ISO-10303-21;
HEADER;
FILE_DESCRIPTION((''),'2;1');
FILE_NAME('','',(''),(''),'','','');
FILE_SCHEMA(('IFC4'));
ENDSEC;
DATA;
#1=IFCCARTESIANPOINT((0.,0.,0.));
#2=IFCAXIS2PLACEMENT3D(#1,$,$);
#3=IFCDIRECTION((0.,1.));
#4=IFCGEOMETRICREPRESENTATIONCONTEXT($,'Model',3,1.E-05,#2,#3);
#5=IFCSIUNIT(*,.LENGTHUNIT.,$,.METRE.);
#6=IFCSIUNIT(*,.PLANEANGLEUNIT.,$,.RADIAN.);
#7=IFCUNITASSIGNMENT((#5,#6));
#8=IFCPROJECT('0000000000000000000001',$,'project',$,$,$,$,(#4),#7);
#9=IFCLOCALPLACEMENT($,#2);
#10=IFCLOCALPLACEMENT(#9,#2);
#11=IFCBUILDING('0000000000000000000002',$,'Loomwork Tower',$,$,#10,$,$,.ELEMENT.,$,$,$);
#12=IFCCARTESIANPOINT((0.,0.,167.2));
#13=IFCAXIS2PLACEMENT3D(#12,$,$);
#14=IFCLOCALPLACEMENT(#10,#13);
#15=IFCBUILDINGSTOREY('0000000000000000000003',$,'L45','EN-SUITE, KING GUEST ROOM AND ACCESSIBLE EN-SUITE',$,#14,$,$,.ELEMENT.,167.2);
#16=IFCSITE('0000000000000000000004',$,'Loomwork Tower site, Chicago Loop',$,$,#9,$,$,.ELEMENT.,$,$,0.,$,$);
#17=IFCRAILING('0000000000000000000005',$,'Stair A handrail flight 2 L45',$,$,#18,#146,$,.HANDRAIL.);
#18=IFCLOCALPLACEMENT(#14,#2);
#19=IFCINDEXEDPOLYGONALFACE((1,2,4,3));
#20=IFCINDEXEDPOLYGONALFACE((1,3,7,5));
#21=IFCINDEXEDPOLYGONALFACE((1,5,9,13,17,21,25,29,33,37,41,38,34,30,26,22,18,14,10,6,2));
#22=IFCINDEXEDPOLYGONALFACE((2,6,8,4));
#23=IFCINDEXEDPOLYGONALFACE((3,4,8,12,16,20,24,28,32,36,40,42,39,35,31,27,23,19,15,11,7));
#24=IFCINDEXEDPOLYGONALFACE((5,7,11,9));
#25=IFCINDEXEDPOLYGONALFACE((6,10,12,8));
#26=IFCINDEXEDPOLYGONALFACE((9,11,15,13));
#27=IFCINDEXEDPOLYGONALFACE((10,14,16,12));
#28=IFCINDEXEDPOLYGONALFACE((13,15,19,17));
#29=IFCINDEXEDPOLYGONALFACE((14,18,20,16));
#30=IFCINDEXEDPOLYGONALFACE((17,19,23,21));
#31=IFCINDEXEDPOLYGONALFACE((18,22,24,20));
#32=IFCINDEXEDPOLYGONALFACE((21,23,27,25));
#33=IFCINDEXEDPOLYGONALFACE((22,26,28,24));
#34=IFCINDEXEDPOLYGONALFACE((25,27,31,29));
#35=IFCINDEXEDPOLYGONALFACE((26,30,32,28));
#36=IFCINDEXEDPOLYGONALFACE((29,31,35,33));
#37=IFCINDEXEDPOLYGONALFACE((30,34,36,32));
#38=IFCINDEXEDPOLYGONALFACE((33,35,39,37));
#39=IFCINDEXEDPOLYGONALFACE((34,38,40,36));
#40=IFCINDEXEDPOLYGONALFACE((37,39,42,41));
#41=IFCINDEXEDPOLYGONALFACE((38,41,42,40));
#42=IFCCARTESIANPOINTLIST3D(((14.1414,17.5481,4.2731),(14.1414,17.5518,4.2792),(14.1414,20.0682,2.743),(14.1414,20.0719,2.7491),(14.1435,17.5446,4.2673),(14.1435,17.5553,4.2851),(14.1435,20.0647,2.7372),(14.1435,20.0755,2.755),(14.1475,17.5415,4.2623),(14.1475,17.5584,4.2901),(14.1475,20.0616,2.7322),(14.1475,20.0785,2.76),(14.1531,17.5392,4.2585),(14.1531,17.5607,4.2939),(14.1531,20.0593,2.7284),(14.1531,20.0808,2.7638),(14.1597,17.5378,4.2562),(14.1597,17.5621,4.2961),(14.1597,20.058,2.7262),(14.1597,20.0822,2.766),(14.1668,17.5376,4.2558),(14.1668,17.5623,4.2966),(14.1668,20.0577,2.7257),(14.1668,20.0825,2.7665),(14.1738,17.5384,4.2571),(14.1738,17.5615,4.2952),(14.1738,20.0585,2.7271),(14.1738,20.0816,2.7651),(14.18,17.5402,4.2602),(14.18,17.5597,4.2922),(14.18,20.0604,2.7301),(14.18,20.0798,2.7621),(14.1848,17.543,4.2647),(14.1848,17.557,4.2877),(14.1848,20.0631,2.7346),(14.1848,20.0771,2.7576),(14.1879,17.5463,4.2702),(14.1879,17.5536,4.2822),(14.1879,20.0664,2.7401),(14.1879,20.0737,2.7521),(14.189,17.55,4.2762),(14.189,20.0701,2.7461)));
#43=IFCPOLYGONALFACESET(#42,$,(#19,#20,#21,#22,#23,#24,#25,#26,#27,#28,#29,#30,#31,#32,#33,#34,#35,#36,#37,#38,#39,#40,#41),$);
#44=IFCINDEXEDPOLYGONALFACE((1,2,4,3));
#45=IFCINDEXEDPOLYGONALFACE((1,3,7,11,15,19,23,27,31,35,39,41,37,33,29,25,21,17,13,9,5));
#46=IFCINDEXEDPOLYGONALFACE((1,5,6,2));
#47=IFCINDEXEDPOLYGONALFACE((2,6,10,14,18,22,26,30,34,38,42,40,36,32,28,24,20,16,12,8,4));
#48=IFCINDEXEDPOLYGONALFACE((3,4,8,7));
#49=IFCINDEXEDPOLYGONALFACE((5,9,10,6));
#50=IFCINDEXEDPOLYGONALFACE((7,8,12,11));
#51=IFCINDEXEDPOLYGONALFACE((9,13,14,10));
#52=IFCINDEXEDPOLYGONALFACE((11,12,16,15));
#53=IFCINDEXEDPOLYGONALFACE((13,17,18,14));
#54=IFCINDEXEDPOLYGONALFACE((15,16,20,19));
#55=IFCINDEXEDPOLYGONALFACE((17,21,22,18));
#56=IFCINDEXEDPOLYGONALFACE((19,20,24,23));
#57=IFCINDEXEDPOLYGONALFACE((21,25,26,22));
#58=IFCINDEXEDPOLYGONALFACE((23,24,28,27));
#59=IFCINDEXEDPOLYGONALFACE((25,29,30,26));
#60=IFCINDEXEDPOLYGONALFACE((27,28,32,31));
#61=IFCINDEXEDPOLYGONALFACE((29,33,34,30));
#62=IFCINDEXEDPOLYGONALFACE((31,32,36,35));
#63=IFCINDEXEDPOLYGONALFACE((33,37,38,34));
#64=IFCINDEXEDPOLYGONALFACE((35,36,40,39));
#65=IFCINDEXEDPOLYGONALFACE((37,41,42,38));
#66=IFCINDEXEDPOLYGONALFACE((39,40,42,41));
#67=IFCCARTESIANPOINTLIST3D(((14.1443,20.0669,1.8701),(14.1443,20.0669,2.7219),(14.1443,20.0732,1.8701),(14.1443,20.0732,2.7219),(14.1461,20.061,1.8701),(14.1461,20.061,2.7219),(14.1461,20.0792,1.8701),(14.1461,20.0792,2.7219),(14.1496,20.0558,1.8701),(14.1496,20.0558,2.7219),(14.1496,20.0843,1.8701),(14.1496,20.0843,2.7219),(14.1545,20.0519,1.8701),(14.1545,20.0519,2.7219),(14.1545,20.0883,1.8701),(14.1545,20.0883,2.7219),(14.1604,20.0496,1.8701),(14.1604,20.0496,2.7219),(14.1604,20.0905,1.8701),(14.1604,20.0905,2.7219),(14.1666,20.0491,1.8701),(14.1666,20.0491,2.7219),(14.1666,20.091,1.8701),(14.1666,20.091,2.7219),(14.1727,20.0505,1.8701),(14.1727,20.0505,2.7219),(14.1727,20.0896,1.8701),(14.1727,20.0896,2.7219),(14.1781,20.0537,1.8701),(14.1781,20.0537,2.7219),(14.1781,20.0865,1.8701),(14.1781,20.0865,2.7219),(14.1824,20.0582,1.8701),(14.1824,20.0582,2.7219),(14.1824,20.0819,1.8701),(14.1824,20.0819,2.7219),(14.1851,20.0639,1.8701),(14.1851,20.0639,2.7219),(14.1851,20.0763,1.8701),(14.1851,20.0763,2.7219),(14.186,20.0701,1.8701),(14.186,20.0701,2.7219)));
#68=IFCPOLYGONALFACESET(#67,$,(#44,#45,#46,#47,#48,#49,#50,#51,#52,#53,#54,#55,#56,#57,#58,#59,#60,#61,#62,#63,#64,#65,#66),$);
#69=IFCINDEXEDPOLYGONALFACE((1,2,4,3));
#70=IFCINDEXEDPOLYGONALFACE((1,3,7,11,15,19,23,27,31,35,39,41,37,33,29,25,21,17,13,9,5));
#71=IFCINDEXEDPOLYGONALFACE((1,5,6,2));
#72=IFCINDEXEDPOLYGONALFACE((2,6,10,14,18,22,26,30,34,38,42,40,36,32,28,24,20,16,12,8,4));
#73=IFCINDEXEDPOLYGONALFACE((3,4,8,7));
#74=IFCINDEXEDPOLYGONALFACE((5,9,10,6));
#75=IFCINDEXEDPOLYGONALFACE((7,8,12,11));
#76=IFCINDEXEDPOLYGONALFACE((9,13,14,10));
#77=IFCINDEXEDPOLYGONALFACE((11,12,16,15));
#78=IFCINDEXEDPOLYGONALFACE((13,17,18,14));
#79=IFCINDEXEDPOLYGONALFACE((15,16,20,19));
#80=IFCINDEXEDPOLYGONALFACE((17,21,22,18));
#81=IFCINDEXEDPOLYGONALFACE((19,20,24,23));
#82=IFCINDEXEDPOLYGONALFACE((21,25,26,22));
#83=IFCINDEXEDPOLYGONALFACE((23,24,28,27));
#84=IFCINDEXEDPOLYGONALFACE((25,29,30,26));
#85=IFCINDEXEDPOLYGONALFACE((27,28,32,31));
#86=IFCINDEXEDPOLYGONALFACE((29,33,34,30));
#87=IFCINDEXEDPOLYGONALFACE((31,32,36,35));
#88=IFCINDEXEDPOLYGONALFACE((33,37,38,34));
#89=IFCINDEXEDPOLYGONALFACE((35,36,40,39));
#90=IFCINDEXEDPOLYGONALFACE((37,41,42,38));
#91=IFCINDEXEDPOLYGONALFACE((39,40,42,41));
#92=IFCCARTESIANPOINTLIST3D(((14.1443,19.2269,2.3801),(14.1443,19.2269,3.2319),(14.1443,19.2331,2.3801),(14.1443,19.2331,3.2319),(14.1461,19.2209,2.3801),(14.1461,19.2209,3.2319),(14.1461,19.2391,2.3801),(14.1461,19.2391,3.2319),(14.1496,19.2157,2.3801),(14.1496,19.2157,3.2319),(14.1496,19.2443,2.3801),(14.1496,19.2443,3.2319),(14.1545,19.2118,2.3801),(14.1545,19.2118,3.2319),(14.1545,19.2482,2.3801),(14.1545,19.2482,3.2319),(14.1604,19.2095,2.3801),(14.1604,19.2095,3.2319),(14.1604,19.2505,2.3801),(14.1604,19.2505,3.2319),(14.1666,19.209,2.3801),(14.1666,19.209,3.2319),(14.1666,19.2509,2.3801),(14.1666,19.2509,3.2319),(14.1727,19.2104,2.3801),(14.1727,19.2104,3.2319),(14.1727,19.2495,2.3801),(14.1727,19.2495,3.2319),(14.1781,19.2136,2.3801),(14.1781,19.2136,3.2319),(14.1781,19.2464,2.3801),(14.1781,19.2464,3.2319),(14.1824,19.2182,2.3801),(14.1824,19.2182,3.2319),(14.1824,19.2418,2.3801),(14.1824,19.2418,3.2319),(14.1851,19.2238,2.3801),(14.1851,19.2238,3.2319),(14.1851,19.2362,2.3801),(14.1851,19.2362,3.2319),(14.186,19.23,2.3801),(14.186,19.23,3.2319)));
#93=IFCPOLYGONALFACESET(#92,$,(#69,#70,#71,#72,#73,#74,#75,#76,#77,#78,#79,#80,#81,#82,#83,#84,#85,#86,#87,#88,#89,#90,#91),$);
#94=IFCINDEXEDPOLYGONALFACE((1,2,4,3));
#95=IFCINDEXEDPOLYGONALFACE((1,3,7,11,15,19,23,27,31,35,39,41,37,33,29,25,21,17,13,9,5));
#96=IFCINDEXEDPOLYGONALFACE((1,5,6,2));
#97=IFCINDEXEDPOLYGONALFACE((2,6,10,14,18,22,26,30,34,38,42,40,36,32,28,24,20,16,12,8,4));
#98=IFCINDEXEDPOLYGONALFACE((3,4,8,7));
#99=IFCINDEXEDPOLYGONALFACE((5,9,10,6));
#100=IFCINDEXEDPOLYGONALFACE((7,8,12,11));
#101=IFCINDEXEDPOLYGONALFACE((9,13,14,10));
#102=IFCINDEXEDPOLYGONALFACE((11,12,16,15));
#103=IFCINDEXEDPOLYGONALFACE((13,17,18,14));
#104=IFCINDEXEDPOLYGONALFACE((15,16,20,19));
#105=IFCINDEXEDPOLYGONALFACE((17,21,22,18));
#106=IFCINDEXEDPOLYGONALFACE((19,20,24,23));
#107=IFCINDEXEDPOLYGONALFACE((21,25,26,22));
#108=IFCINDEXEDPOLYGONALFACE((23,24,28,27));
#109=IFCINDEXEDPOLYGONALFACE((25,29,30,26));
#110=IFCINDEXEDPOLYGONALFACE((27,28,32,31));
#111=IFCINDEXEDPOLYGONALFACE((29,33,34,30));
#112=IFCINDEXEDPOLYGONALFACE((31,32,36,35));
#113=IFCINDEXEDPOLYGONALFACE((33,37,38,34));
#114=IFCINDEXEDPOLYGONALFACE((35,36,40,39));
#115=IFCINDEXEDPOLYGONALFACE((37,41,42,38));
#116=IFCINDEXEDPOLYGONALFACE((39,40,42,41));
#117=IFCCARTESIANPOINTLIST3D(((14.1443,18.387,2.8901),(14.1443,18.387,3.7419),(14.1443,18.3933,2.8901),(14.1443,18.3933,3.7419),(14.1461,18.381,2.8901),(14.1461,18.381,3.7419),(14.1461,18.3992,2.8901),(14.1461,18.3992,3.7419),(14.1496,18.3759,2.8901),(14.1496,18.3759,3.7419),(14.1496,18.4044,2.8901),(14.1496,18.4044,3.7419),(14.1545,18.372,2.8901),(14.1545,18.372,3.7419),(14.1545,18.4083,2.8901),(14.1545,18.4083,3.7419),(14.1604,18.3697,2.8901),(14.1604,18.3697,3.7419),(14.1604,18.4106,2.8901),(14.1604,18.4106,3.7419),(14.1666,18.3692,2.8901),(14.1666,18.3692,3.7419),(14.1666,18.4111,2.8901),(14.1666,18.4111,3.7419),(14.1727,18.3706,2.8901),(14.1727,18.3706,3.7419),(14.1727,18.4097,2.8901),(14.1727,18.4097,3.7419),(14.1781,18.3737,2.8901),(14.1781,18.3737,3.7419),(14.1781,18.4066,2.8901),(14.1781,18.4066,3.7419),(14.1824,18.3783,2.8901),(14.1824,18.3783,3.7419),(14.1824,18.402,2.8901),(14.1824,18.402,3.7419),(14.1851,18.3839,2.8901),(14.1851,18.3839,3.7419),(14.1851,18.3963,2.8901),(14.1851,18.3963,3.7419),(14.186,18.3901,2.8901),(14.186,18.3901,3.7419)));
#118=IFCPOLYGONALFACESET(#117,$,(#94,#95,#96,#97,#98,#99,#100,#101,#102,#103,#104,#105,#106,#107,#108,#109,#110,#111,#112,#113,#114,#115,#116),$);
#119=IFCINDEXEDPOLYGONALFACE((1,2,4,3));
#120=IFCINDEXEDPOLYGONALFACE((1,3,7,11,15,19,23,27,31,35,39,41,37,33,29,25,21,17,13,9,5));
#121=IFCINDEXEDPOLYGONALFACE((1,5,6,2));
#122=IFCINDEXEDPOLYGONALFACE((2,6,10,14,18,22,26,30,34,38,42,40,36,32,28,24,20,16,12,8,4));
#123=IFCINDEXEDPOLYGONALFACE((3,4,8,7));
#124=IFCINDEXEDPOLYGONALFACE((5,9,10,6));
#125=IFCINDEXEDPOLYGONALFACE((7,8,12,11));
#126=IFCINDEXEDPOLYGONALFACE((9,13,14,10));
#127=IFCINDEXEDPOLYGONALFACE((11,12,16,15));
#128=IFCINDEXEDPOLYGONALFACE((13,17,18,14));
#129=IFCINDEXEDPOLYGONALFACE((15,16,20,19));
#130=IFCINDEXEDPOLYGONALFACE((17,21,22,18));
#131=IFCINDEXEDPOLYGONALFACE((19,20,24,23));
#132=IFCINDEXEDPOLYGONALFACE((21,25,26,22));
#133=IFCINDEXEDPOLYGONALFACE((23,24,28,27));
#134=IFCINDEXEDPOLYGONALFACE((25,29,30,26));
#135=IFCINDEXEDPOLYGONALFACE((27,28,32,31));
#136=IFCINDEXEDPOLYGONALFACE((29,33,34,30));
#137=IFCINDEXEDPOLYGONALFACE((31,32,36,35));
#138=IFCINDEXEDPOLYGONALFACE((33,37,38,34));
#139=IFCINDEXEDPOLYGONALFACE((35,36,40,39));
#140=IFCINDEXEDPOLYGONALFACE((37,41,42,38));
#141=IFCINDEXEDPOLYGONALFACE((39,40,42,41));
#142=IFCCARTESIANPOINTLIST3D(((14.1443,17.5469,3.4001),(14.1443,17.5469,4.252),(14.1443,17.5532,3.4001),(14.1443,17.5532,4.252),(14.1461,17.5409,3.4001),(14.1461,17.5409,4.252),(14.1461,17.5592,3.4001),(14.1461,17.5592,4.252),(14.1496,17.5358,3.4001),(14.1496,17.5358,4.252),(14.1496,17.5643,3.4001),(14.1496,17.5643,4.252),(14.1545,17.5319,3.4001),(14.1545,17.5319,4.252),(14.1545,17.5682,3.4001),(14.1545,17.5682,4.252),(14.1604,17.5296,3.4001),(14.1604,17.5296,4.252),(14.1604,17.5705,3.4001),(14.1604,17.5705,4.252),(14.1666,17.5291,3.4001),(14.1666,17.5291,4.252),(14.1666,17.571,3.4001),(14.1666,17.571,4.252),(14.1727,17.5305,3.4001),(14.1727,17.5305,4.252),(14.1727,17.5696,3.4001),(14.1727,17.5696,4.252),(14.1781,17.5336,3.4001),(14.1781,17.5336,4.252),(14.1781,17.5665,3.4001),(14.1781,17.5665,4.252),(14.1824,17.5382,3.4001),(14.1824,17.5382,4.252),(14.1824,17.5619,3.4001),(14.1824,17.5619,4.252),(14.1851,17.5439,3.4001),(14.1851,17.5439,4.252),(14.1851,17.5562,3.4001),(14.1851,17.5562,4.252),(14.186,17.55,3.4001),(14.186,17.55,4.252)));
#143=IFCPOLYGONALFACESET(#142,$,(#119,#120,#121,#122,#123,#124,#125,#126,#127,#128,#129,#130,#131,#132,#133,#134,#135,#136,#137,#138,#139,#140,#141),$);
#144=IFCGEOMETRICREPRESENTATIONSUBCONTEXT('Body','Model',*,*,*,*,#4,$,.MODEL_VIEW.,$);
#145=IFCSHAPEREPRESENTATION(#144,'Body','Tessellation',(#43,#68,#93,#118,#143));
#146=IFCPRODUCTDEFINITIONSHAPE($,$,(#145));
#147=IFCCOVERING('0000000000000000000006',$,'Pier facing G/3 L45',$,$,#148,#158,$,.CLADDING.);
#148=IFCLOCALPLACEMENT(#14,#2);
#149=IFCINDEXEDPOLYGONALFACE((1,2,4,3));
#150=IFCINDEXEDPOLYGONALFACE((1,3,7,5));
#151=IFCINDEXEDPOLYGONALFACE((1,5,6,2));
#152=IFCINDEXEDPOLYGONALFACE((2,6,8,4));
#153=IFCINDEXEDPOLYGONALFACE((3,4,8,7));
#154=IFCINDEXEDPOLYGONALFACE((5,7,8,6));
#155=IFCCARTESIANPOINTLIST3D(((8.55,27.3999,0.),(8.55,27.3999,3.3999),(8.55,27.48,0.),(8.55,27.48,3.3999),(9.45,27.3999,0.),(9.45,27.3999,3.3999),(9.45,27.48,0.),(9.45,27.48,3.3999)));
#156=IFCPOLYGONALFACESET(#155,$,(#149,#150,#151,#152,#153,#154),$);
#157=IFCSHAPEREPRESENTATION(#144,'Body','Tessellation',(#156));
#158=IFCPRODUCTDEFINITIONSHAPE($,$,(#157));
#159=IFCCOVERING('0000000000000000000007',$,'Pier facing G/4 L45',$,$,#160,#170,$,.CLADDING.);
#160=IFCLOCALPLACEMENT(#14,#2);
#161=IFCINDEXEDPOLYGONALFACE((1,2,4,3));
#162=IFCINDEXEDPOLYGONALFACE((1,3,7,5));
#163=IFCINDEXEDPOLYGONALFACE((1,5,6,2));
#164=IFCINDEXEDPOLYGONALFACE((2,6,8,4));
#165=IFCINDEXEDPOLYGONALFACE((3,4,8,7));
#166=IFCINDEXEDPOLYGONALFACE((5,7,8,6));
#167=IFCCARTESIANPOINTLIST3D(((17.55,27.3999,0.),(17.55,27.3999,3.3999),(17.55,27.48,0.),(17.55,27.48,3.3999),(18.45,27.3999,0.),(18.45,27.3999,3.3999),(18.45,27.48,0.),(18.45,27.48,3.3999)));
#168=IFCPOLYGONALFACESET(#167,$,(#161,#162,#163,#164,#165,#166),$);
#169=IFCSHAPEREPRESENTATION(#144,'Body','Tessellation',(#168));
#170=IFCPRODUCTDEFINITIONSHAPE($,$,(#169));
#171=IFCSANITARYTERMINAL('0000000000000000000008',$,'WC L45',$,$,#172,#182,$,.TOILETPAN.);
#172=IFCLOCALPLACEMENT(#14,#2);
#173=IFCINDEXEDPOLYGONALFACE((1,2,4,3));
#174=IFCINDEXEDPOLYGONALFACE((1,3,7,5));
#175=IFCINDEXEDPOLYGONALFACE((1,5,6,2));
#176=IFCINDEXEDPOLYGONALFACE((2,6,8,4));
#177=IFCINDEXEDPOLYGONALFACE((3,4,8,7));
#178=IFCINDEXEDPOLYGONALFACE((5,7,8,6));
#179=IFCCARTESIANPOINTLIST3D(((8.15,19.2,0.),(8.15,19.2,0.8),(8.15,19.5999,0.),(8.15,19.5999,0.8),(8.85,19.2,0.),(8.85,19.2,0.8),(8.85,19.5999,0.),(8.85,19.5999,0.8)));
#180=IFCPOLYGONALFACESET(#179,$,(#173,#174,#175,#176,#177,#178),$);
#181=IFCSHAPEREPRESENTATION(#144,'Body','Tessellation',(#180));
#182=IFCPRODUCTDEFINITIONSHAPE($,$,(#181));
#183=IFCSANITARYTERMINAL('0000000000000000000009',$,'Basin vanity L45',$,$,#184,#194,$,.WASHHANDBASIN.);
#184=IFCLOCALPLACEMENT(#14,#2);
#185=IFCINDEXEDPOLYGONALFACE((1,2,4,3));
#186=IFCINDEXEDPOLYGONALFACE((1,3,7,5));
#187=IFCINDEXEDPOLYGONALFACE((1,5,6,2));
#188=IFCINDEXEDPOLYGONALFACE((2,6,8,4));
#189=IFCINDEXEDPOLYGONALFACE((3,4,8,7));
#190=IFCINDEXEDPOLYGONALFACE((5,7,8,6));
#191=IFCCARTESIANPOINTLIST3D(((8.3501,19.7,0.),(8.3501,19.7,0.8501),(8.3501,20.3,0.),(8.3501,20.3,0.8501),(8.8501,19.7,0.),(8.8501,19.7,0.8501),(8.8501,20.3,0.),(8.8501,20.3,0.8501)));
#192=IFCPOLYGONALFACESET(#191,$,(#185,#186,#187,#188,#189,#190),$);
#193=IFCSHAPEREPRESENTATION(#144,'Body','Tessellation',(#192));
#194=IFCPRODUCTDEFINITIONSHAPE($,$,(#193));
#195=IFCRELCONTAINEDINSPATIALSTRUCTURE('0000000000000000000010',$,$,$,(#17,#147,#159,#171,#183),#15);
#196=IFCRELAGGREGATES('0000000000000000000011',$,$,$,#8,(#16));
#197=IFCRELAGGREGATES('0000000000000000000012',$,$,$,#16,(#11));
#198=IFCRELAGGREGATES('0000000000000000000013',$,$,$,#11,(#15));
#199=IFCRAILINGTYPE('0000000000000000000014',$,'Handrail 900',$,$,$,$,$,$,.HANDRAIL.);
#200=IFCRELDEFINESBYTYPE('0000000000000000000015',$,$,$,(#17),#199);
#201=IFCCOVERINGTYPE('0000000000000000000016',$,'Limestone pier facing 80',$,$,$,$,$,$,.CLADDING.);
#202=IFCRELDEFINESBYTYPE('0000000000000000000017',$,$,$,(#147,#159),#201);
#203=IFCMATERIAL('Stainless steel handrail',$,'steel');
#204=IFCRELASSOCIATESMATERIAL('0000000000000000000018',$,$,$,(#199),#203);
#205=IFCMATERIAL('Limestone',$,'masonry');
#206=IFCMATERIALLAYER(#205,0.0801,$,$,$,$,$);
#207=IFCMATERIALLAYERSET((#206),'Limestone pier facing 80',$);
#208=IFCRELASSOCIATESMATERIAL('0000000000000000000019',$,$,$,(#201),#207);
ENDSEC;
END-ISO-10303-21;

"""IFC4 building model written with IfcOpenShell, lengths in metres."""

from ifc_helpers import new_model, si_unit, direction, frame, origin, origin_2d, place, context, subcontext, project, spatial, rectangle, circle, extrude, material, layer, layer_set, type_object, element, save


model = new_model("IFC4")

# Units and contexts
model_context = context("Model", 3, precision=1e-05, world=origin(), true_north=direction((0.0, 1.0)))
body_context = subcontext(model_context, "Body", "Model", "MODEL_VIEW")
ifc_project = project(units=[si_unit("LENGTHUNIT", "METRE"), si_unit("PLANEANGLEUNIT", "RADIAN")], contexts=[model_context])

# Site, building, storey
site_placement = place(None, origin())
site = spatial("IfcSite", under=ifc_project, at=site_placement, Name="Loomwork Tower site, Chicago Loop", CompositionType="ELEMENT", RefElevation=0.0)
building_placement = place(site_placement, origin())
building = spatial("IfcBuilding", under=site, at=building_placement, Name="Loomwork Tower", CompositionType="ELEMENT")
storey_placement = place(building_placement, frame((0.0, 0.0, 167.2)))
storey = spatial("IfcBuildingStorey", under=building, at=storey_placement, Name="L45", Description="EN-SUITE, KING GUEST ROOM AND ACCESSIBLE EN-SUITE", CompositionType="ELEMENT", Elevation=167.2)

# Railing
ifc_material_1 = material(Name="Stainless steel handrail", Category="steel")
railing_type = type_object("IfcRailingType", Name="Handrail 900", PredefinedType="HANDRAIL", material=ifc_material_1)
railing_placement = place(storey_placement, frame((14.165, 20.0701, 1.8701)))
element("IfcRailing", 1, at=railing_placement, inside=storey, type_object=railing_type, Name="Stair A handrail flight 2 L45", PredefinedType="HANDRAIL", context=body_context, shape_type="SweptSolid", body=[
    extrude(circle(Radius=0.0239, at=origin_2d()), frame((0.0, 0.0, 0.876), z_axis=(0.0, -0.854785, 0.518982), x_axis=(1.0, 0.0, 0.0)), (0.0, 0.0, 1.0), 2.9482),
    extrude(circle(Radius=0.021, at=origin_2d()), origin(), (0.0, 0.0, 1.0), 0.8518),
    extrude(circle(Radius=0.021, at=origin_2d()), frame((0.0, -0.8401, 0.51)), (0.0, 0.0, 1.0), 0.8518),
    extrude(circle(Radius=0.021, at=origin_2d()), frame((0.0, -1.6799, 1.02)), (0.0, 0.0, 1.0), 0.8518),
    extrude(circle(Radius=0.021, at=origin_2d()), frame((0.0, -2.52, 1.53)), (0.0, 0.0, 1.0), 0.8518),
])

# Coverings
ifc_material_2 = material(Name="Limestone", Category="masonry")
ifc_layer_1 = layer(ifc_material_2, 0.0801)
ifc_layer_set_1 = layer_set([ifc_layer_1], Name="Limestone pier facing 80")
covering_type = type_object("IfcCoveringType", Name="Limestone pier facing 80", PredefinedType="CLADDING", material=ifc_layer_set_1)
for number, where, z_axis, x_axis, name in (
    (2, (9.0, 27.4399, 0.0), (0.0, 0.0, 1.0), (1.0, 0.0, 0.0), "Pier facing G/3 L45"),
    (3, (18.0, 27.4399, 0.0), (0.0, 0.0, 1.0), (1.0, 0.0, 0.0), "Pier facing G/4 L45"),
):
    element("IfcCovering", number, at=place(storey_placement, frame(where, z_axis=z_axis, x_axis=x_axis)), inside=storey, type_object=covering_type, Name=name, PredefinedType="CLADDING", context=body_context, shape_type="SweptSolid", body=[
        extrude(rectangle(XDim=0.8999, YDim=0.0801, at=origin_2d()), origin(), (0.0, 0.0, 1.0), 3.3999),
    ])

# Sanitary terminals
sanitary_terminal_1_placement = place(storey_placement, frame((8.5, 19.3999, 0.0), z_axis=(0.0, 0.0, 1.0), x_axis=(1.0, 0.0, 0.0)))
element("IfcSanitaryTerminal", 4, at=sanitary_terminal_1_placement, inside=storey, Name="WC L45", PredefinedType="TOILETPAN", context=body_context, shape_type="SweptSolid", body=[
    extrude(rectangle(XDim=0.7, YDim=0.3999, at=origin_2d()), origin(), (0.0, 0.0, 1.0), 0.8),
])
sanitary_terminal_2_placement = place(storey_placement, frame((8.6001, 20.0, 0.0), z_axis=(0.0, 0.0, 1.0), x_axis=(1.0, 0.0, 0.0)))
element("IfcSanitaryTerminal", 5, at=sanitary_terminal_2_placement, inside=storey, Name="Basin vanity L45", PredefinedType="WASHHANDBASIN", context=body_context, shape_type="SweptSolid", body=[
    extrude(rectangle(XDim=0.5, YDim=0.6001, at=origin_2d()), origin(), (0.0, 0.0, 1.0), 0.8501),
])

save(model, "model.ifc")
